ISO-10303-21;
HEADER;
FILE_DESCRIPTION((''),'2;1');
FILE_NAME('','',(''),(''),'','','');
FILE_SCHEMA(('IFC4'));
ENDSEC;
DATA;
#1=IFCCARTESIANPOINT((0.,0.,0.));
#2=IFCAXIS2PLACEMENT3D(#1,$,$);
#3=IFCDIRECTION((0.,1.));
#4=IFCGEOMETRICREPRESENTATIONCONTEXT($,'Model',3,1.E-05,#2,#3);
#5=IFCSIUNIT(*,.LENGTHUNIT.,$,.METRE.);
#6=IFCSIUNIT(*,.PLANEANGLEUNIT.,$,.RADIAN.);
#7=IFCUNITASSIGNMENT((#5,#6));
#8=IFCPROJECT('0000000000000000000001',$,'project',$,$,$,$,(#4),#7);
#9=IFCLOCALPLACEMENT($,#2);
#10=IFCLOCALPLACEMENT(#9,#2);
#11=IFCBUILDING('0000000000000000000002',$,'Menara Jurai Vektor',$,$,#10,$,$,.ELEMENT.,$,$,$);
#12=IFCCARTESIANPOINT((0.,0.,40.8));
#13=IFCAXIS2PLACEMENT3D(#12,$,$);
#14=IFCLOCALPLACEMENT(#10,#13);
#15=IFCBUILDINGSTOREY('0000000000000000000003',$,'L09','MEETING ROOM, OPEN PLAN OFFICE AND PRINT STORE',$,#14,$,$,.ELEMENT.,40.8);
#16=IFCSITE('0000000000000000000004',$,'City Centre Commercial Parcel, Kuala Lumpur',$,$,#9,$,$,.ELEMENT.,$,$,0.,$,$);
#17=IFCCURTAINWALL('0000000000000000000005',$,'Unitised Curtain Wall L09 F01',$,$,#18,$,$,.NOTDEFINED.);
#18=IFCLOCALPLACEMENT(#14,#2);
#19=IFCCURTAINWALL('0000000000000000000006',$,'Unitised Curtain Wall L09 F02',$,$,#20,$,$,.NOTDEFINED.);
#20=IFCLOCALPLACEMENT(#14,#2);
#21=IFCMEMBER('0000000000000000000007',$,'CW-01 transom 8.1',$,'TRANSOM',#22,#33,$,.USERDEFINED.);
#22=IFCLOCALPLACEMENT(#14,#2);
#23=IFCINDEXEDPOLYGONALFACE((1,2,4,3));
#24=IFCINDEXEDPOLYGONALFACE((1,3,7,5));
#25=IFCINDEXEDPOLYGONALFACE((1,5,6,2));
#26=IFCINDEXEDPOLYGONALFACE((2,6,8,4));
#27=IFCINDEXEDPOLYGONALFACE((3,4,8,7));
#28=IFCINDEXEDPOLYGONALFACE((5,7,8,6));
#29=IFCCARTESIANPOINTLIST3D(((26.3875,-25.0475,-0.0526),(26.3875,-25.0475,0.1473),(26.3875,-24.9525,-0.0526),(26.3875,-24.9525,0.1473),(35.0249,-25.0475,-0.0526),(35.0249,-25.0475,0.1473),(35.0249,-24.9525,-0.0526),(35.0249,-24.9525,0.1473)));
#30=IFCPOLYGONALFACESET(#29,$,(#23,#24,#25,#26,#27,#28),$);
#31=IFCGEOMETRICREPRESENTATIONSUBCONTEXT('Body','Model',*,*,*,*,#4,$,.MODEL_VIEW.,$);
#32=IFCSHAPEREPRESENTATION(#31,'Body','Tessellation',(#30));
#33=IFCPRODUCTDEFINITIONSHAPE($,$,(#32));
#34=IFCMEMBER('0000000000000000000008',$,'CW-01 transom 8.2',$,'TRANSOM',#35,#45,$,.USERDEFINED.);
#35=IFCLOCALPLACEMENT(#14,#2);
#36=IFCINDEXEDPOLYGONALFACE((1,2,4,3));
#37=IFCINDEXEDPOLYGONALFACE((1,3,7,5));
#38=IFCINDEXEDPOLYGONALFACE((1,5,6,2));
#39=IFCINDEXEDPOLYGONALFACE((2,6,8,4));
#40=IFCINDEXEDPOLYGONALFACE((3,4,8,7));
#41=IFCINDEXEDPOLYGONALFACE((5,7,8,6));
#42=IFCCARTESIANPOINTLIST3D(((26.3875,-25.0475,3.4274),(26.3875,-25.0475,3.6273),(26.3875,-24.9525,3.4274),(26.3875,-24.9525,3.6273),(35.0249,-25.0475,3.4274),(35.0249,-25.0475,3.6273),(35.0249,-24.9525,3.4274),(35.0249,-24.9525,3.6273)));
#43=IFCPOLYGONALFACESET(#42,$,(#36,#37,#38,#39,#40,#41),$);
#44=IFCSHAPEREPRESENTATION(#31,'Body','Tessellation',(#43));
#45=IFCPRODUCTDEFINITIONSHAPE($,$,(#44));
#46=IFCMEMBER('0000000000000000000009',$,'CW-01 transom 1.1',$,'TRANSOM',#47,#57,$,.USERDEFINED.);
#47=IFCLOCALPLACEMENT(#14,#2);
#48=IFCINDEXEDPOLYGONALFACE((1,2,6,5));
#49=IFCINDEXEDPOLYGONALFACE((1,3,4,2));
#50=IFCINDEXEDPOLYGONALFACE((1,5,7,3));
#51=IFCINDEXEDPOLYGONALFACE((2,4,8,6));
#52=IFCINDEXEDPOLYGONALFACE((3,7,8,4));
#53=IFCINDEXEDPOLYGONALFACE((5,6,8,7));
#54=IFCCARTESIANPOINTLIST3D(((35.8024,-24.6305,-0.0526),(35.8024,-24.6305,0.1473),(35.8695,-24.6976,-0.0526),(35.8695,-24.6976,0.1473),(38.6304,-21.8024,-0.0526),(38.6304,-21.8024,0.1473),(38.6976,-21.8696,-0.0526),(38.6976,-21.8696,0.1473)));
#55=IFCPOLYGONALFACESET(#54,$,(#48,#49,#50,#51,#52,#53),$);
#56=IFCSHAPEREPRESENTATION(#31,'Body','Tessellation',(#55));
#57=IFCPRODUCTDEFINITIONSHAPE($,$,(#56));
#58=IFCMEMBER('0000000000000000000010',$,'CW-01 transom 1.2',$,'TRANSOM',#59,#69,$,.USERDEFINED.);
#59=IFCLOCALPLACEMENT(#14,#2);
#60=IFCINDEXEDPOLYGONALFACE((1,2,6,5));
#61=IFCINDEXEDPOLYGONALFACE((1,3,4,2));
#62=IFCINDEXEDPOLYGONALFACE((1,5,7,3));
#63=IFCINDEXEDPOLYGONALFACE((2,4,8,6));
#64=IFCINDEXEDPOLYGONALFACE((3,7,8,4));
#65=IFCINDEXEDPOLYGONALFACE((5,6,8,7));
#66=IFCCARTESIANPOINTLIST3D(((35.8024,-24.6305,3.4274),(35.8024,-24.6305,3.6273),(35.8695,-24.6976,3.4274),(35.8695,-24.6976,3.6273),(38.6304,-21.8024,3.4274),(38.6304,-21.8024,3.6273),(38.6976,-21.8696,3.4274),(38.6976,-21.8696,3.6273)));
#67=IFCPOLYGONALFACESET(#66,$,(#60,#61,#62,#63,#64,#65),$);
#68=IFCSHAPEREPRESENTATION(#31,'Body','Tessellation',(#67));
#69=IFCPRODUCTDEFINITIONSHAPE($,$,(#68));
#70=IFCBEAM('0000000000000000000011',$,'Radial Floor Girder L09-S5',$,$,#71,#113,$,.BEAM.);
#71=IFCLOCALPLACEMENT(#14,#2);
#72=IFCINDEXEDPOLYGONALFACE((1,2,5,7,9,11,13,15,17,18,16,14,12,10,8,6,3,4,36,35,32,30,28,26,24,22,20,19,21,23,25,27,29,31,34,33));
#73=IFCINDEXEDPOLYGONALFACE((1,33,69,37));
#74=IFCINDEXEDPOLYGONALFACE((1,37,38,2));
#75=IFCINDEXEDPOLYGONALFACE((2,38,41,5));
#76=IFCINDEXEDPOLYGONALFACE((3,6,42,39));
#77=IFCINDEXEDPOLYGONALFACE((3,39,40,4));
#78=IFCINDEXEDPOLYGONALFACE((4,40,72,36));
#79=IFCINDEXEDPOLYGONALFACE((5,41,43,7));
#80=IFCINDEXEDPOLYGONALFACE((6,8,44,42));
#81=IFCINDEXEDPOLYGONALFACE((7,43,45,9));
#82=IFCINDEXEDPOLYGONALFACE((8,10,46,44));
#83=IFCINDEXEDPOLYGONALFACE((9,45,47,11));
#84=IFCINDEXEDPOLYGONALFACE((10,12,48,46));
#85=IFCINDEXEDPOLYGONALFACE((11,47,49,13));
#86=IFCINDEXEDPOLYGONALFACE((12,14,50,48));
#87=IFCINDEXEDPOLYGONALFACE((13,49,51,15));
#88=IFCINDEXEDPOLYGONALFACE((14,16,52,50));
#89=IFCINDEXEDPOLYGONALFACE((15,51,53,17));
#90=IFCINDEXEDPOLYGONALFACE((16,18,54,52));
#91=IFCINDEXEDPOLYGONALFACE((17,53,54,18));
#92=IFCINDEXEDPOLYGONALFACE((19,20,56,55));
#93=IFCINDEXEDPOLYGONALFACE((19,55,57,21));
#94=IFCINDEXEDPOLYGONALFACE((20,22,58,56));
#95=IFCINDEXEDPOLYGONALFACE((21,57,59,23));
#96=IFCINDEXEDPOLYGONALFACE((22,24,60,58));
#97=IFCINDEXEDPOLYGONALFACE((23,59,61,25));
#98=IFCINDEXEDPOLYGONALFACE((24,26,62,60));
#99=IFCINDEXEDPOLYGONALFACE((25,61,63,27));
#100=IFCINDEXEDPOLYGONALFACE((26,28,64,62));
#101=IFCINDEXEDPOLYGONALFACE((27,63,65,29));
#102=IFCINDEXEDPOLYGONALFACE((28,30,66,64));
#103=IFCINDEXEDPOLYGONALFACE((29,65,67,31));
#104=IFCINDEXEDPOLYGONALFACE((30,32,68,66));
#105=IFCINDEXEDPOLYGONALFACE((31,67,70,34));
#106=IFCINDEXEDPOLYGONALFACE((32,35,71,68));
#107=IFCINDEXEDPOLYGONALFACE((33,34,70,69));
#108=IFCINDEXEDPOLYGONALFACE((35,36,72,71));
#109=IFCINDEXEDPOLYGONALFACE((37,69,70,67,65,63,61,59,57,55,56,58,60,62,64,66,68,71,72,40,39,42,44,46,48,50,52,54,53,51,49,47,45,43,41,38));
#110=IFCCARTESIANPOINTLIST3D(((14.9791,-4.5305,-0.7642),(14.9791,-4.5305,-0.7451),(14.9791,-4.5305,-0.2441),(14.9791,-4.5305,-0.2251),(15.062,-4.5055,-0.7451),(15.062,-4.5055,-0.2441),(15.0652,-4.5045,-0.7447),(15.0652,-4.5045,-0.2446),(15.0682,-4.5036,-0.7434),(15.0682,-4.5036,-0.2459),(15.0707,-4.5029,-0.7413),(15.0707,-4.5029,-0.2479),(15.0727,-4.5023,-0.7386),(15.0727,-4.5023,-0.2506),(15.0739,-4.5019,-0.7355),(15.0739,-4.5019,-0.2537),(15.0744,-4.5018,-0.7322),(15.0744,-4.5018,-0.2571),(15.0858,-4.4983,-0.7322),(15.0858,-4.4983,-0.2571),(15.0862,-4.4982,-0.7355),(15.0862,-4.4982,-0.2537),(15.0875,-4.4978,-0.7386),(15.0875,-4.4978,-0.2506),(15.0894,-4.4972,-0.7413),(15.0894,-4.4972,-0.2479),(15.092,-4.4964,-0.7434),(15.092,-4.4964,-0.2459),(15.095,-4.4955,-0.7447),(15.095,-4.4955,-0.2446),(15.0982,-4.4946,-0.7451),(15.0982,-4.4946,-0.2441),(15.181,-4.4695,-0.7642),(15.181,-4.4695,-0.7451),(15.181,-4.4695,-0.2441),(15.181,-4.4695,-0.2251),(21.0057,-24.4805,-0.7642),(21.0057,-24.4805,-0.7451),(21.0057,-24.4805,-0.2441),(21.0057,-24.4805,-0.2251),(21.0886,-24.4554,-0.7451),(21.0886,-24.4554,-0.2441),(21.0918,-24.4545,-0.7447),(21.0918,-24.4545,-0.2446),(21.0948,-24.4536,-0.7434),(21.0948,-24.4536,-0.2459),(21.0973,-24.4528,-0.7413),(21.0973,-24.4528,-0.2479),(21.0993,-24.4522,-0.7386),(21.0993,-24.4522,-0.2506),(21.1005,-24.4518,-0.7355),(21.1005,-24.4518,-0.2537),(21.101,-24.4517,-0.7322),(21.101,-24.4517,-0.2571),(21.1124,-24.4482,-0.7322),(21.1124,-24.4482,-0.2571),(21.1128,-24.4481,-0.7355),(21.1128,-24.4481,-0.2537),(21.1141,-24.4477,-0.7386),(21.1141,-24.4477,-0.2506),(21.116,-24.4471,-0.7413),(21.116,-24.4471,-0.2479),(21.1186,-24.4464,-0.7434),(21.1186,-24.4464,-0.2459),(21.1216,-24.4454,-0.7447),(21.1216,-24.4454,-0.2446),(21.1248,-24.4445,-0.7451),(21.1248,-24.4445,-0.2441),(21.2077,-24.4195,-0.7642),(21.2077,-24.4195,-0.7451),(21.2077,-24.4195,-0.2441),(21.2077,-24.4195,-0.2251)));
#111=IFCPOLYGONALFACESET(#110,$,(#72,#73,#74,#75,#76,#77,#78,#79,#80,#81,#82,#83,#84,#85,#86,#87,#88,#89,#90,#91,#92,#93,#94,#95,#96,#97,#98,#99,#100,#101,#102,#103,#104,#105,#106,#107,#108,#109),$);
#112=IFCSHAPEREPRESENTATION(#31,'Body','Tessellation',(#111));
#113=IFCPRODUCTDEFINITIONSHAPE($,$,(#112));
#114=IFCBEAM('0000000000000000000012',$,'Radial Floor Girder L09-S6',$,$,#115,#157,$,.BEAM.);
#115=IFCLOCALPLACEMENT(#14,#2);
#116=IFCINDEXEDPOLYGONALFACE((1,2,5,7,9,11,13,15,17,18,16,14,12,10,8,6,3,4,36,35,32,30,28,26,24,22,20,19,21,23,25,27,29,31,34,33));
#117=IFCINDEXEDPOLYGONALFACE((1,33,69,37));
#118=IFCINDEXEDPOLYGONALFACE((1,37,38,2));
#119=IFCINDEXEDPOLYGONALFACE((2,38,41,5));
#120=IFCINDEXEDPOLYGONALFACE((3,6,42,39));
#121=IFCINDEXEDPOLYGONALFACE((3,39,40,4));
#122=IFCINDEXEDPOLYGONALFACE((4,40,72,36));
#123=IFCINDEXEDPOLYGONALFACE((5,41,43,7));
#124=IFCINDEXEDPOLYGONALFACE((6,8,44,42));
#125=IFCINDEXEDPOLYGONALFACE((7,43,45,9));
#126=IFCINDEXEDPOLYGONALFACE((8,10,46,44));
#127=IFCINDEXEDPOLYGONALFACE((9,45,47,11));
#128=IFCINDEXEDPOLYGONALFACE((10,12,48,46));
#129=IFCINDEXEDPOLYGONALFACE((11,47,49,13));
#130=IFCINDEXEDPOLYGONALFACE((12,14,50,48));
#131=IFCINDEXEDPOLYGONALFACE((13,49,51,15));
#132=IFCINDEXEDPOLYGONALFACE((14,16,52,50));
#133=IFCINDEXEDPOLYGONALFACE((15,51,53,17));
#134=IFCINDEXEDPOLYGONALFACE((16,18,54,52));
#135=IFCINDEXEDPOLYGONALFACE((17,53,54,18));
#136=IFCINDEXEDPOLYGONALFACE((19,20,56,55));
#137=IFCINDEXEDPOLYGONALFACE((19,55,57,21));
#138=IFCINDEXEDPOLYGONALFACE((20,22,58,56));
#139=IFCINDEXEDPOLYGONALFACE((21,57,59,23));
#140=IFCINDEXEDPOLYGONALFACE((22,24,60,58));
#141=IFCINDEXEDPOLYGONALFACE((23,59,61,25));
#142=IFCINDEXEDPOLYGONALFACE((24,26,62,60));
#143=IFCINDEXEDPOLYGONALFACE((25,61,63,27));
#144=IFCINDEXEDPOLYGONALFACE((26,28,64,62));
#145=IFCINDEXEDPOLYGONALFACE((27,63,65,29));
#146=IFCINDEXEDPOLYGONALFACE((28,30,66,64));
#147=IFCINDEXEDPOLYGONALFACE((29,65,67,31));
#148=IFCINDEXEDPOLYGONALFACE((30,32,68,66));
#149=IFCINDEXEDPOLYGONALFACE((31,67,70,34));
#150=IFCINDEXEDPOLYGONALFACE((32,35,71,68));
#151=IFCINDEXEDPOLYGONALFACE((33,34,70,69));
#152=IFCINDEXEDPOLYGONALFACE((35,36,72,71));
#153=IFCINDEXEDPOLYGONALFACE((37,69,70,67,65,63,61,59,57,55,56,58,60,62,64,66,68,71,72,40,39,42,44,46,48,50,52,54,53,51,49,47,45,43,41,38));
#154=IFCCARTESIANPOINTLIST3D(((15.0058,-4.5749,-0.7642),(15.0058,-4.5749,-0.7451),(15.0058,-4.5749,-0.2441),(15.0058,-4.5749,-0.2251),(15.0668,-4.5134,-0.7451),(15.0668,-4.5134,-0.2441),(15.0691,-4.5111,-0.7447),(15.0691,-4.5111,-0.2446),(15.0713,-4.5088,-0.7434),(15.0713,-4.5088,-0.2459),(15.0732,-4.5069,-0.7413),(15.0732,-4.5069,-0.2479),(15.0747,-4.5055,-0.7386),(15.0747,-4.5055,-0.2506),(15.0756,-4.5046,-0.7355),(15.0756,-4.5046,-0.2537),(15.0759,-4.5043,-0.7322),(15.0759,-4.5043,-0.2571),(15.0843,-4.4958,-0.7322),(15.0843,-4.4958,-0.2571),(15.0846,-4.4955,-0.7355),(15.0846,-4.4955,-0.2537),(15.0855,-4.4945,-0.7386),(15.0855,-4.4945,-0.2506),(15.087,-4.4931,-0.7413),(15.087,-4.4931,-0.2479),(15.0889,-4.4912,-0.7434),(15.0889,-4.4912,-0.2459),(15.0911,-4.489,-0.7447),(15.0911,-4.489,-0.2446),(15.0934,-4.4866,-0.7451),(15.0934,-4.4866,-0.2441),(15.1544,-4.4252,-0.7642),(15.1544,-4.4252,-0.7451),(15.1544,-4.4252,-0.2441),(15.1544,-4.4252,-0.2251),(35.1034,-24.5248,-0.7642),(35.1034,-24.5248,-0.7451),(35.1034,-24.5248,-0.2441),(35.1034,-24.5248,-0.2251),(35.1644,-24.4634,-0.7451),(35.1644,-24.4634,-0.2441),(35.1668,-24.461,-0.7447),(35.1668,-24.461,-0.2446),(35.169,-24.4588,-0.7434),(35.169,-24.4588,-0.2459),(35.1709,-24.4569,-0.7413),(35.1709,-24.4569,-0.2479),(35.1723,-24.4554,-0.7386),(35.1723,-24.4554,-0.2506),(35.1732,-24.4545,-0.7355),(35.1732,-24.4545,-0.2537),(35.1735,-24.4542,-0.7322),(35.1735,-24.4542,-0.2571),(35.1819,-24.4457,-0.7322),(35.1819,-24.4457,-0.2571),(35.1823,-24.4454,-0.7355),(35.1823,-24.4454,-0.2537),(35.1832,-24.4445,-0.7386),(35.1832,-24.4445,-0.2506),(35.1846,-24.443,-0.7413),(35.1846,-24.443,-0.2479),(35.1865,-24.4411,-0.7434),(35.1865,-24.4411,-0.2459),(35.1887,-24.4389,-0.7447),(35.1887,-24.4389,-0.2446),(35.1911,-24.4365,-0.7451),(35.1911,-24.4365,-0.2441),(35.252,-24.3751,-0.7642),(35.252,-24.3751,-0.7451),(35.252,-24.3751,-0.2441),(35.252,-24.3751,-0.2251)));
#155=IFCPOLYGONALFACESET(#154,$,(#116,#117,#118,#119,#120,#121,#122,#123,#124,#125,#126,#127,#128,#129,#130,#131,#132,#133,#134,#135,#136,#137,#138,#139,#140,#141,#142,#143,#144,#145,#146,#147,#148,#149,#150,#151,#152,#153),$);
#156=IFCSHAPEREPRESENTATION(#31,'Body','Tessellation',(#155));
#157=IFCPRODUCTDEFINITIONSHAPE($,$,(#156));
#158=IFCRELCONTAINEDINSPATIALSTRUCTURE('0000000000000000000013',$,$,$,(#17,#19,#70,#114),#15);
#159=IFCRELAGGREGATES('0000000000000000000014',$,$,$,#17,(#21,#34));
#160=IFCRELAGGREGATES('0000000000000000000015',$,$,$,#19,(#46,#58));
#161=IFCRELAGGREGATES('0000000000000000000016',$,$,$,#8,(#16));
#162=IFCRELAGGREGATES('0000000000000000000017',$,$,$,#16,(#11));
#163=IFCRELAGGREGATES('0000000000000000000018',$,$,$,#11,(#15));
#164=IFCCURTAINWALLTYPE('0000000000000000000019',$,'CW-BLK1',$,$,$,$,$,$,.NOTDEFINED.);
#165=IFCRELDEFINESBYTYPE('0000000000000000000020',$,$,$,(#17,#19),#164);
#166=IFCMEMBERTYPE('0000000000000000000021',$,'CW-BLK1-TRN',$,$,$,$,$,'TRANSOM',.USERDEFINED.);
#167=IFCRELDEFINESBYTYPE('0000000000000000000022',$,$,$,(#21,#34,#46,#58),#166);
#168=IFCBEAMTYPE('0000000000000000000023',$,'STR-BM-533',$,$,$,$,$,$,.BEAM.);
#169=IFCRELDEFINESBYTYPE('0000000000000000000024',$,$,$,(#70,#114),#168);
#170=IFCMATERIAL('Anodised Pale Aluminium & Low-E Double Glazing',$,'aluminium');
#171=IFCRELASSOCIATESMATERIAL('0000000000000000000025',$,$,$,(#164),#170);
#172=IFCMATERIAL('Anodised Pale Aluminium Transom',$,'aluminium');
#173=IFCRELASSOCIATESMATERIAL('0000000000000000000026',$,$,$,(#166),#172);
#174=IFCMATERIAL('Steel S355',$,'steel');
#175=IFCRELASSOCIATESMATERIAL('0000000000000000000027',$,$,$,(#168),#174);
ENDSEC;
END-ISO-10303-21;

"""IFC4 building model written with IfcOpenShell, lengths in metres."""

from ifc_helpers import new_model, si_unit, direction, frame, origin, origin_2d, place, context, subcontext, project, spatial, rectangle, i_section, extrude, material, material_profile, profile_set, type_object, element, aggregate, save


model = new_model("IFC4")

# Units and contexts
model_context = context("Model", 3, precision=1e-05, world=origin(), true_north=direction((0.0, 1.0)))
body_context = subcontext(model_context, "Body", "Model", "MODEL_VIEW")
ifc_project = project(units=[si_unit("LENGTHUNIT", "METRE"), si_unit("PLANEANGLEUNIT", "RADIAN")], contexts=[model_context])

# Site, building, storey
site_placement = place(None, origin())
site = spatial("IfcSite", under=ifc_project, at=site_placement, Name="City Centre Commercial Parcel, Kuala Lumpur", CompositionType="ELEMENT", RefElevation=0.0)
building_placement = place(site_placement, origin())
building = spatial("IfcBuilding", under=site, at=building_placement, Name="Menara Jurai Vektor", CompositionType="ELEMENT")
storey_placement = place(building_placement, frame((0.0, 0.0, 40.8)))
storey = spatial("IfcBuildingStorey", under=building, at=storey_placement, Name="L09", Description="MEETING ROOM, OPEN PLAN OFFICE AND PRINT STORE", CompositionType="ELEMENT", Elevation=40.8)

# Curtain walls
ifc_material_1 = material(Name="Anodised Pale Aluminium & Low-E Double Glazing", Category="aluminium")
curtain_wall_type = type_object("IfcCurtainWallType", Name="CW-BLK1", PredefinedType="NOTDEFINED", material=ifc_material_1)
curtain_wall_1_placement = place(storey_placement, origin())
curtain_wall_1 = element("IfcCurtainWall", 1, at=curtain_wall_1_placement, inside=storey, type_object=curtain_wall_type, Name="Unitised Curtain Wall L09 F01", PredefinedType="NOTDEFINED")
curtain_wall_2_placement = place(storey_placement, origin())
curtain_wall_2 = element("IfcCurtainWall", 2, at=curtain_wall_2_placement, inside=storey, type_object=curtain_wall_type, Name="Unitised Curtain Wall L09 F02", PredefinedType="NOTDEFINED")

# Members
ifc_material_2 = material(Name="Anodised Pale Aluminium Transom", Category="aluminium")
ifc_material_profile_1 = material_profile(ifc_material_2, rectangle(XDim=0.095, YDim=0.2, at=origin_2d()), Name="ALU TRN 95x200")
ifc_profile_set_1 = profile_set([ifc_material_profile_1], Name="Anodised Pale Aluminium Transom")
member_type_1 = type_object("IfcMemberType", Name="CW-BLK1-TRN", ElementType="TRANSOM", PredefinedType="USERDEFINED", material=ifc_profile_set_1)
member_1_placement = place(storey_placement, frame((26.3875, -25.0, 0.0474), z_axis=(1.0, 0.0, 0.0), x_axis=(0.0, 1.0, 0.0)))
member_1 = element("IfcMember", 3, at=member_1_placement, type_object=member_type_1, Name="CW-01 transom 8.1", ObjectType="TRANSOM", PredefinedType="USERDEFINED", context=body_context, shape_type="SweptSolid", body=[
    extrude(rectangle(XDim=0.095, YDim=0.2, at=origin_2d()), origin(), (0.0, 0.0, 1.0), 8.6375),
])
member_2_placement = place(storey_placement, frame((26.3875, -25.0, 3.5273), z_axis=(1.0, 0.0, 0.0), x_axis=(0.0, 1.0, 0.0)))
member_2 = element("IfcMember", 4, at=member_2_placement, type_object=member_type_1, Name="CW-01 transom 8.2", ObjectType="TRANSOM", PredefinedType="USERDEFINED", context=body_context, shape_type="SweptSolid", body=[
    extrude(rectangle(XDim=0.095, YDim=0.2, at=origin_2d()), origin(), (0.0, 0.0, 1.0), 8.6375),
])
member_3_placement = place(storey_placement, frame((35.8359, -24.6641, 0.0474), z_axis=(0.707107, 0.707107, 0.0), x_axis=(-0.707107, 0.707107, 0.0)))
member_3 = element("IfcMember", 5, at=member_3_placement, type_object=member_type_1, Name="CW-01 transom 1.1", ObjectType="TRANSOM", PredefinedType="USERDEFINED", context=body_context, shape_type="SweptSolid", body=[
    extrude(rectangle(XDim=0.095, YDim=0.2, at=origin_2d()), origin(), (0.0, 0.0, 1.0), 3.9995),
])
member_4_placement = place(storey_placement, frame((35.8359, -24.6641, 3.5273), z_axis=(0.707107, 0.707107, 0.0), x_axis=(-0.707107, 0.707107, 0.0)))
member_4 = element("IfcMember", 6, at=member_4_placement, type_object=member_type_1, Name="CW-01 transom 1.2", ObjectType="TRANSOM", PredefinedType="USERDEFINED", context=body_context, shape_type="SweptSolid", body=[
    extrude(rectangle(XDim=0.095, YDim=0.2, at=origin_2d()), origin(), (0.0, 0.0, 1.0), 3.9995),
])

# Beams
ifc_material_3 = material(Name="Steel S355", Category="steel")
ifc_material_profile_2 = material_profile(ifc_material_3, i_section(OverallWidth=0.2109, OverallDepth=0.5391, WebThickness=0.012, FlangeThickness=0.019, FilletRadius=0.0129, at=origin_2d()), Name="UKB 533x210x109")
ifc_profile_set_2 = profile_set([ifc_material_profile_2], Name="Steel S355")
beam_type_1 = type_object("IfcBeamType", Name="STR-BM-533", PredefinedType="BEAM", material=ifc_profile_set_2)
beam_1_placement = place(storey_placement, frame((21.1067, -24.45, -0.4946), z_axis=(-0.28918, 0.957275, 0.0), x_axis=(-0.957275, -0.28918, 0.0)))
element("IfcBeam", 7, at=beam_1_placement, inside=storey, type_object=beam_type_1, Name="Radial Floor Girder L09-S5", PredefinedType="BEAM", context=body_context, shape_type="SweptSolid", body=[
    extrude(i_section(OverallWidth=0.2109, OverallDepth=0.5391, WebThickness=0.012, FlangeThickness=0.019, FilletRadius=0.0129, at=origin_2d()), origin(), (0.0, 0.0, 1.0), 20.8403),
])
beam_2_placement = place(storey_placement, frame((35.1777, -24.45, -0.4946), z_axis=(-0.70971, 0.704494, 0.0), x_axis=(-0.704494, -0.70971, 0.0)))
element("IfcBeam", 8, at=beam_2_placement, inside=storey, type_object=beam_type_1, Name="Radial Floor Girder L09-S6", PredefinedType="BEAM", context=body_context, shape_type="SweptSolid", body=[
    extrude(i_section(OverallWidth=0.2109, OverallDepth=0.5391, WebThickness=0.012, FlangeThickness=0.019, FilletRadius=0.0129, at=origin_2d()), origin(), (0.0, 0.0, 1.0), 28.3181),
])

aggregate(curtain_wall_1, [member_1, member_2])
aggregate(curtain_wall_2, [member_3, member_4])

save(model, "model.ifc")
